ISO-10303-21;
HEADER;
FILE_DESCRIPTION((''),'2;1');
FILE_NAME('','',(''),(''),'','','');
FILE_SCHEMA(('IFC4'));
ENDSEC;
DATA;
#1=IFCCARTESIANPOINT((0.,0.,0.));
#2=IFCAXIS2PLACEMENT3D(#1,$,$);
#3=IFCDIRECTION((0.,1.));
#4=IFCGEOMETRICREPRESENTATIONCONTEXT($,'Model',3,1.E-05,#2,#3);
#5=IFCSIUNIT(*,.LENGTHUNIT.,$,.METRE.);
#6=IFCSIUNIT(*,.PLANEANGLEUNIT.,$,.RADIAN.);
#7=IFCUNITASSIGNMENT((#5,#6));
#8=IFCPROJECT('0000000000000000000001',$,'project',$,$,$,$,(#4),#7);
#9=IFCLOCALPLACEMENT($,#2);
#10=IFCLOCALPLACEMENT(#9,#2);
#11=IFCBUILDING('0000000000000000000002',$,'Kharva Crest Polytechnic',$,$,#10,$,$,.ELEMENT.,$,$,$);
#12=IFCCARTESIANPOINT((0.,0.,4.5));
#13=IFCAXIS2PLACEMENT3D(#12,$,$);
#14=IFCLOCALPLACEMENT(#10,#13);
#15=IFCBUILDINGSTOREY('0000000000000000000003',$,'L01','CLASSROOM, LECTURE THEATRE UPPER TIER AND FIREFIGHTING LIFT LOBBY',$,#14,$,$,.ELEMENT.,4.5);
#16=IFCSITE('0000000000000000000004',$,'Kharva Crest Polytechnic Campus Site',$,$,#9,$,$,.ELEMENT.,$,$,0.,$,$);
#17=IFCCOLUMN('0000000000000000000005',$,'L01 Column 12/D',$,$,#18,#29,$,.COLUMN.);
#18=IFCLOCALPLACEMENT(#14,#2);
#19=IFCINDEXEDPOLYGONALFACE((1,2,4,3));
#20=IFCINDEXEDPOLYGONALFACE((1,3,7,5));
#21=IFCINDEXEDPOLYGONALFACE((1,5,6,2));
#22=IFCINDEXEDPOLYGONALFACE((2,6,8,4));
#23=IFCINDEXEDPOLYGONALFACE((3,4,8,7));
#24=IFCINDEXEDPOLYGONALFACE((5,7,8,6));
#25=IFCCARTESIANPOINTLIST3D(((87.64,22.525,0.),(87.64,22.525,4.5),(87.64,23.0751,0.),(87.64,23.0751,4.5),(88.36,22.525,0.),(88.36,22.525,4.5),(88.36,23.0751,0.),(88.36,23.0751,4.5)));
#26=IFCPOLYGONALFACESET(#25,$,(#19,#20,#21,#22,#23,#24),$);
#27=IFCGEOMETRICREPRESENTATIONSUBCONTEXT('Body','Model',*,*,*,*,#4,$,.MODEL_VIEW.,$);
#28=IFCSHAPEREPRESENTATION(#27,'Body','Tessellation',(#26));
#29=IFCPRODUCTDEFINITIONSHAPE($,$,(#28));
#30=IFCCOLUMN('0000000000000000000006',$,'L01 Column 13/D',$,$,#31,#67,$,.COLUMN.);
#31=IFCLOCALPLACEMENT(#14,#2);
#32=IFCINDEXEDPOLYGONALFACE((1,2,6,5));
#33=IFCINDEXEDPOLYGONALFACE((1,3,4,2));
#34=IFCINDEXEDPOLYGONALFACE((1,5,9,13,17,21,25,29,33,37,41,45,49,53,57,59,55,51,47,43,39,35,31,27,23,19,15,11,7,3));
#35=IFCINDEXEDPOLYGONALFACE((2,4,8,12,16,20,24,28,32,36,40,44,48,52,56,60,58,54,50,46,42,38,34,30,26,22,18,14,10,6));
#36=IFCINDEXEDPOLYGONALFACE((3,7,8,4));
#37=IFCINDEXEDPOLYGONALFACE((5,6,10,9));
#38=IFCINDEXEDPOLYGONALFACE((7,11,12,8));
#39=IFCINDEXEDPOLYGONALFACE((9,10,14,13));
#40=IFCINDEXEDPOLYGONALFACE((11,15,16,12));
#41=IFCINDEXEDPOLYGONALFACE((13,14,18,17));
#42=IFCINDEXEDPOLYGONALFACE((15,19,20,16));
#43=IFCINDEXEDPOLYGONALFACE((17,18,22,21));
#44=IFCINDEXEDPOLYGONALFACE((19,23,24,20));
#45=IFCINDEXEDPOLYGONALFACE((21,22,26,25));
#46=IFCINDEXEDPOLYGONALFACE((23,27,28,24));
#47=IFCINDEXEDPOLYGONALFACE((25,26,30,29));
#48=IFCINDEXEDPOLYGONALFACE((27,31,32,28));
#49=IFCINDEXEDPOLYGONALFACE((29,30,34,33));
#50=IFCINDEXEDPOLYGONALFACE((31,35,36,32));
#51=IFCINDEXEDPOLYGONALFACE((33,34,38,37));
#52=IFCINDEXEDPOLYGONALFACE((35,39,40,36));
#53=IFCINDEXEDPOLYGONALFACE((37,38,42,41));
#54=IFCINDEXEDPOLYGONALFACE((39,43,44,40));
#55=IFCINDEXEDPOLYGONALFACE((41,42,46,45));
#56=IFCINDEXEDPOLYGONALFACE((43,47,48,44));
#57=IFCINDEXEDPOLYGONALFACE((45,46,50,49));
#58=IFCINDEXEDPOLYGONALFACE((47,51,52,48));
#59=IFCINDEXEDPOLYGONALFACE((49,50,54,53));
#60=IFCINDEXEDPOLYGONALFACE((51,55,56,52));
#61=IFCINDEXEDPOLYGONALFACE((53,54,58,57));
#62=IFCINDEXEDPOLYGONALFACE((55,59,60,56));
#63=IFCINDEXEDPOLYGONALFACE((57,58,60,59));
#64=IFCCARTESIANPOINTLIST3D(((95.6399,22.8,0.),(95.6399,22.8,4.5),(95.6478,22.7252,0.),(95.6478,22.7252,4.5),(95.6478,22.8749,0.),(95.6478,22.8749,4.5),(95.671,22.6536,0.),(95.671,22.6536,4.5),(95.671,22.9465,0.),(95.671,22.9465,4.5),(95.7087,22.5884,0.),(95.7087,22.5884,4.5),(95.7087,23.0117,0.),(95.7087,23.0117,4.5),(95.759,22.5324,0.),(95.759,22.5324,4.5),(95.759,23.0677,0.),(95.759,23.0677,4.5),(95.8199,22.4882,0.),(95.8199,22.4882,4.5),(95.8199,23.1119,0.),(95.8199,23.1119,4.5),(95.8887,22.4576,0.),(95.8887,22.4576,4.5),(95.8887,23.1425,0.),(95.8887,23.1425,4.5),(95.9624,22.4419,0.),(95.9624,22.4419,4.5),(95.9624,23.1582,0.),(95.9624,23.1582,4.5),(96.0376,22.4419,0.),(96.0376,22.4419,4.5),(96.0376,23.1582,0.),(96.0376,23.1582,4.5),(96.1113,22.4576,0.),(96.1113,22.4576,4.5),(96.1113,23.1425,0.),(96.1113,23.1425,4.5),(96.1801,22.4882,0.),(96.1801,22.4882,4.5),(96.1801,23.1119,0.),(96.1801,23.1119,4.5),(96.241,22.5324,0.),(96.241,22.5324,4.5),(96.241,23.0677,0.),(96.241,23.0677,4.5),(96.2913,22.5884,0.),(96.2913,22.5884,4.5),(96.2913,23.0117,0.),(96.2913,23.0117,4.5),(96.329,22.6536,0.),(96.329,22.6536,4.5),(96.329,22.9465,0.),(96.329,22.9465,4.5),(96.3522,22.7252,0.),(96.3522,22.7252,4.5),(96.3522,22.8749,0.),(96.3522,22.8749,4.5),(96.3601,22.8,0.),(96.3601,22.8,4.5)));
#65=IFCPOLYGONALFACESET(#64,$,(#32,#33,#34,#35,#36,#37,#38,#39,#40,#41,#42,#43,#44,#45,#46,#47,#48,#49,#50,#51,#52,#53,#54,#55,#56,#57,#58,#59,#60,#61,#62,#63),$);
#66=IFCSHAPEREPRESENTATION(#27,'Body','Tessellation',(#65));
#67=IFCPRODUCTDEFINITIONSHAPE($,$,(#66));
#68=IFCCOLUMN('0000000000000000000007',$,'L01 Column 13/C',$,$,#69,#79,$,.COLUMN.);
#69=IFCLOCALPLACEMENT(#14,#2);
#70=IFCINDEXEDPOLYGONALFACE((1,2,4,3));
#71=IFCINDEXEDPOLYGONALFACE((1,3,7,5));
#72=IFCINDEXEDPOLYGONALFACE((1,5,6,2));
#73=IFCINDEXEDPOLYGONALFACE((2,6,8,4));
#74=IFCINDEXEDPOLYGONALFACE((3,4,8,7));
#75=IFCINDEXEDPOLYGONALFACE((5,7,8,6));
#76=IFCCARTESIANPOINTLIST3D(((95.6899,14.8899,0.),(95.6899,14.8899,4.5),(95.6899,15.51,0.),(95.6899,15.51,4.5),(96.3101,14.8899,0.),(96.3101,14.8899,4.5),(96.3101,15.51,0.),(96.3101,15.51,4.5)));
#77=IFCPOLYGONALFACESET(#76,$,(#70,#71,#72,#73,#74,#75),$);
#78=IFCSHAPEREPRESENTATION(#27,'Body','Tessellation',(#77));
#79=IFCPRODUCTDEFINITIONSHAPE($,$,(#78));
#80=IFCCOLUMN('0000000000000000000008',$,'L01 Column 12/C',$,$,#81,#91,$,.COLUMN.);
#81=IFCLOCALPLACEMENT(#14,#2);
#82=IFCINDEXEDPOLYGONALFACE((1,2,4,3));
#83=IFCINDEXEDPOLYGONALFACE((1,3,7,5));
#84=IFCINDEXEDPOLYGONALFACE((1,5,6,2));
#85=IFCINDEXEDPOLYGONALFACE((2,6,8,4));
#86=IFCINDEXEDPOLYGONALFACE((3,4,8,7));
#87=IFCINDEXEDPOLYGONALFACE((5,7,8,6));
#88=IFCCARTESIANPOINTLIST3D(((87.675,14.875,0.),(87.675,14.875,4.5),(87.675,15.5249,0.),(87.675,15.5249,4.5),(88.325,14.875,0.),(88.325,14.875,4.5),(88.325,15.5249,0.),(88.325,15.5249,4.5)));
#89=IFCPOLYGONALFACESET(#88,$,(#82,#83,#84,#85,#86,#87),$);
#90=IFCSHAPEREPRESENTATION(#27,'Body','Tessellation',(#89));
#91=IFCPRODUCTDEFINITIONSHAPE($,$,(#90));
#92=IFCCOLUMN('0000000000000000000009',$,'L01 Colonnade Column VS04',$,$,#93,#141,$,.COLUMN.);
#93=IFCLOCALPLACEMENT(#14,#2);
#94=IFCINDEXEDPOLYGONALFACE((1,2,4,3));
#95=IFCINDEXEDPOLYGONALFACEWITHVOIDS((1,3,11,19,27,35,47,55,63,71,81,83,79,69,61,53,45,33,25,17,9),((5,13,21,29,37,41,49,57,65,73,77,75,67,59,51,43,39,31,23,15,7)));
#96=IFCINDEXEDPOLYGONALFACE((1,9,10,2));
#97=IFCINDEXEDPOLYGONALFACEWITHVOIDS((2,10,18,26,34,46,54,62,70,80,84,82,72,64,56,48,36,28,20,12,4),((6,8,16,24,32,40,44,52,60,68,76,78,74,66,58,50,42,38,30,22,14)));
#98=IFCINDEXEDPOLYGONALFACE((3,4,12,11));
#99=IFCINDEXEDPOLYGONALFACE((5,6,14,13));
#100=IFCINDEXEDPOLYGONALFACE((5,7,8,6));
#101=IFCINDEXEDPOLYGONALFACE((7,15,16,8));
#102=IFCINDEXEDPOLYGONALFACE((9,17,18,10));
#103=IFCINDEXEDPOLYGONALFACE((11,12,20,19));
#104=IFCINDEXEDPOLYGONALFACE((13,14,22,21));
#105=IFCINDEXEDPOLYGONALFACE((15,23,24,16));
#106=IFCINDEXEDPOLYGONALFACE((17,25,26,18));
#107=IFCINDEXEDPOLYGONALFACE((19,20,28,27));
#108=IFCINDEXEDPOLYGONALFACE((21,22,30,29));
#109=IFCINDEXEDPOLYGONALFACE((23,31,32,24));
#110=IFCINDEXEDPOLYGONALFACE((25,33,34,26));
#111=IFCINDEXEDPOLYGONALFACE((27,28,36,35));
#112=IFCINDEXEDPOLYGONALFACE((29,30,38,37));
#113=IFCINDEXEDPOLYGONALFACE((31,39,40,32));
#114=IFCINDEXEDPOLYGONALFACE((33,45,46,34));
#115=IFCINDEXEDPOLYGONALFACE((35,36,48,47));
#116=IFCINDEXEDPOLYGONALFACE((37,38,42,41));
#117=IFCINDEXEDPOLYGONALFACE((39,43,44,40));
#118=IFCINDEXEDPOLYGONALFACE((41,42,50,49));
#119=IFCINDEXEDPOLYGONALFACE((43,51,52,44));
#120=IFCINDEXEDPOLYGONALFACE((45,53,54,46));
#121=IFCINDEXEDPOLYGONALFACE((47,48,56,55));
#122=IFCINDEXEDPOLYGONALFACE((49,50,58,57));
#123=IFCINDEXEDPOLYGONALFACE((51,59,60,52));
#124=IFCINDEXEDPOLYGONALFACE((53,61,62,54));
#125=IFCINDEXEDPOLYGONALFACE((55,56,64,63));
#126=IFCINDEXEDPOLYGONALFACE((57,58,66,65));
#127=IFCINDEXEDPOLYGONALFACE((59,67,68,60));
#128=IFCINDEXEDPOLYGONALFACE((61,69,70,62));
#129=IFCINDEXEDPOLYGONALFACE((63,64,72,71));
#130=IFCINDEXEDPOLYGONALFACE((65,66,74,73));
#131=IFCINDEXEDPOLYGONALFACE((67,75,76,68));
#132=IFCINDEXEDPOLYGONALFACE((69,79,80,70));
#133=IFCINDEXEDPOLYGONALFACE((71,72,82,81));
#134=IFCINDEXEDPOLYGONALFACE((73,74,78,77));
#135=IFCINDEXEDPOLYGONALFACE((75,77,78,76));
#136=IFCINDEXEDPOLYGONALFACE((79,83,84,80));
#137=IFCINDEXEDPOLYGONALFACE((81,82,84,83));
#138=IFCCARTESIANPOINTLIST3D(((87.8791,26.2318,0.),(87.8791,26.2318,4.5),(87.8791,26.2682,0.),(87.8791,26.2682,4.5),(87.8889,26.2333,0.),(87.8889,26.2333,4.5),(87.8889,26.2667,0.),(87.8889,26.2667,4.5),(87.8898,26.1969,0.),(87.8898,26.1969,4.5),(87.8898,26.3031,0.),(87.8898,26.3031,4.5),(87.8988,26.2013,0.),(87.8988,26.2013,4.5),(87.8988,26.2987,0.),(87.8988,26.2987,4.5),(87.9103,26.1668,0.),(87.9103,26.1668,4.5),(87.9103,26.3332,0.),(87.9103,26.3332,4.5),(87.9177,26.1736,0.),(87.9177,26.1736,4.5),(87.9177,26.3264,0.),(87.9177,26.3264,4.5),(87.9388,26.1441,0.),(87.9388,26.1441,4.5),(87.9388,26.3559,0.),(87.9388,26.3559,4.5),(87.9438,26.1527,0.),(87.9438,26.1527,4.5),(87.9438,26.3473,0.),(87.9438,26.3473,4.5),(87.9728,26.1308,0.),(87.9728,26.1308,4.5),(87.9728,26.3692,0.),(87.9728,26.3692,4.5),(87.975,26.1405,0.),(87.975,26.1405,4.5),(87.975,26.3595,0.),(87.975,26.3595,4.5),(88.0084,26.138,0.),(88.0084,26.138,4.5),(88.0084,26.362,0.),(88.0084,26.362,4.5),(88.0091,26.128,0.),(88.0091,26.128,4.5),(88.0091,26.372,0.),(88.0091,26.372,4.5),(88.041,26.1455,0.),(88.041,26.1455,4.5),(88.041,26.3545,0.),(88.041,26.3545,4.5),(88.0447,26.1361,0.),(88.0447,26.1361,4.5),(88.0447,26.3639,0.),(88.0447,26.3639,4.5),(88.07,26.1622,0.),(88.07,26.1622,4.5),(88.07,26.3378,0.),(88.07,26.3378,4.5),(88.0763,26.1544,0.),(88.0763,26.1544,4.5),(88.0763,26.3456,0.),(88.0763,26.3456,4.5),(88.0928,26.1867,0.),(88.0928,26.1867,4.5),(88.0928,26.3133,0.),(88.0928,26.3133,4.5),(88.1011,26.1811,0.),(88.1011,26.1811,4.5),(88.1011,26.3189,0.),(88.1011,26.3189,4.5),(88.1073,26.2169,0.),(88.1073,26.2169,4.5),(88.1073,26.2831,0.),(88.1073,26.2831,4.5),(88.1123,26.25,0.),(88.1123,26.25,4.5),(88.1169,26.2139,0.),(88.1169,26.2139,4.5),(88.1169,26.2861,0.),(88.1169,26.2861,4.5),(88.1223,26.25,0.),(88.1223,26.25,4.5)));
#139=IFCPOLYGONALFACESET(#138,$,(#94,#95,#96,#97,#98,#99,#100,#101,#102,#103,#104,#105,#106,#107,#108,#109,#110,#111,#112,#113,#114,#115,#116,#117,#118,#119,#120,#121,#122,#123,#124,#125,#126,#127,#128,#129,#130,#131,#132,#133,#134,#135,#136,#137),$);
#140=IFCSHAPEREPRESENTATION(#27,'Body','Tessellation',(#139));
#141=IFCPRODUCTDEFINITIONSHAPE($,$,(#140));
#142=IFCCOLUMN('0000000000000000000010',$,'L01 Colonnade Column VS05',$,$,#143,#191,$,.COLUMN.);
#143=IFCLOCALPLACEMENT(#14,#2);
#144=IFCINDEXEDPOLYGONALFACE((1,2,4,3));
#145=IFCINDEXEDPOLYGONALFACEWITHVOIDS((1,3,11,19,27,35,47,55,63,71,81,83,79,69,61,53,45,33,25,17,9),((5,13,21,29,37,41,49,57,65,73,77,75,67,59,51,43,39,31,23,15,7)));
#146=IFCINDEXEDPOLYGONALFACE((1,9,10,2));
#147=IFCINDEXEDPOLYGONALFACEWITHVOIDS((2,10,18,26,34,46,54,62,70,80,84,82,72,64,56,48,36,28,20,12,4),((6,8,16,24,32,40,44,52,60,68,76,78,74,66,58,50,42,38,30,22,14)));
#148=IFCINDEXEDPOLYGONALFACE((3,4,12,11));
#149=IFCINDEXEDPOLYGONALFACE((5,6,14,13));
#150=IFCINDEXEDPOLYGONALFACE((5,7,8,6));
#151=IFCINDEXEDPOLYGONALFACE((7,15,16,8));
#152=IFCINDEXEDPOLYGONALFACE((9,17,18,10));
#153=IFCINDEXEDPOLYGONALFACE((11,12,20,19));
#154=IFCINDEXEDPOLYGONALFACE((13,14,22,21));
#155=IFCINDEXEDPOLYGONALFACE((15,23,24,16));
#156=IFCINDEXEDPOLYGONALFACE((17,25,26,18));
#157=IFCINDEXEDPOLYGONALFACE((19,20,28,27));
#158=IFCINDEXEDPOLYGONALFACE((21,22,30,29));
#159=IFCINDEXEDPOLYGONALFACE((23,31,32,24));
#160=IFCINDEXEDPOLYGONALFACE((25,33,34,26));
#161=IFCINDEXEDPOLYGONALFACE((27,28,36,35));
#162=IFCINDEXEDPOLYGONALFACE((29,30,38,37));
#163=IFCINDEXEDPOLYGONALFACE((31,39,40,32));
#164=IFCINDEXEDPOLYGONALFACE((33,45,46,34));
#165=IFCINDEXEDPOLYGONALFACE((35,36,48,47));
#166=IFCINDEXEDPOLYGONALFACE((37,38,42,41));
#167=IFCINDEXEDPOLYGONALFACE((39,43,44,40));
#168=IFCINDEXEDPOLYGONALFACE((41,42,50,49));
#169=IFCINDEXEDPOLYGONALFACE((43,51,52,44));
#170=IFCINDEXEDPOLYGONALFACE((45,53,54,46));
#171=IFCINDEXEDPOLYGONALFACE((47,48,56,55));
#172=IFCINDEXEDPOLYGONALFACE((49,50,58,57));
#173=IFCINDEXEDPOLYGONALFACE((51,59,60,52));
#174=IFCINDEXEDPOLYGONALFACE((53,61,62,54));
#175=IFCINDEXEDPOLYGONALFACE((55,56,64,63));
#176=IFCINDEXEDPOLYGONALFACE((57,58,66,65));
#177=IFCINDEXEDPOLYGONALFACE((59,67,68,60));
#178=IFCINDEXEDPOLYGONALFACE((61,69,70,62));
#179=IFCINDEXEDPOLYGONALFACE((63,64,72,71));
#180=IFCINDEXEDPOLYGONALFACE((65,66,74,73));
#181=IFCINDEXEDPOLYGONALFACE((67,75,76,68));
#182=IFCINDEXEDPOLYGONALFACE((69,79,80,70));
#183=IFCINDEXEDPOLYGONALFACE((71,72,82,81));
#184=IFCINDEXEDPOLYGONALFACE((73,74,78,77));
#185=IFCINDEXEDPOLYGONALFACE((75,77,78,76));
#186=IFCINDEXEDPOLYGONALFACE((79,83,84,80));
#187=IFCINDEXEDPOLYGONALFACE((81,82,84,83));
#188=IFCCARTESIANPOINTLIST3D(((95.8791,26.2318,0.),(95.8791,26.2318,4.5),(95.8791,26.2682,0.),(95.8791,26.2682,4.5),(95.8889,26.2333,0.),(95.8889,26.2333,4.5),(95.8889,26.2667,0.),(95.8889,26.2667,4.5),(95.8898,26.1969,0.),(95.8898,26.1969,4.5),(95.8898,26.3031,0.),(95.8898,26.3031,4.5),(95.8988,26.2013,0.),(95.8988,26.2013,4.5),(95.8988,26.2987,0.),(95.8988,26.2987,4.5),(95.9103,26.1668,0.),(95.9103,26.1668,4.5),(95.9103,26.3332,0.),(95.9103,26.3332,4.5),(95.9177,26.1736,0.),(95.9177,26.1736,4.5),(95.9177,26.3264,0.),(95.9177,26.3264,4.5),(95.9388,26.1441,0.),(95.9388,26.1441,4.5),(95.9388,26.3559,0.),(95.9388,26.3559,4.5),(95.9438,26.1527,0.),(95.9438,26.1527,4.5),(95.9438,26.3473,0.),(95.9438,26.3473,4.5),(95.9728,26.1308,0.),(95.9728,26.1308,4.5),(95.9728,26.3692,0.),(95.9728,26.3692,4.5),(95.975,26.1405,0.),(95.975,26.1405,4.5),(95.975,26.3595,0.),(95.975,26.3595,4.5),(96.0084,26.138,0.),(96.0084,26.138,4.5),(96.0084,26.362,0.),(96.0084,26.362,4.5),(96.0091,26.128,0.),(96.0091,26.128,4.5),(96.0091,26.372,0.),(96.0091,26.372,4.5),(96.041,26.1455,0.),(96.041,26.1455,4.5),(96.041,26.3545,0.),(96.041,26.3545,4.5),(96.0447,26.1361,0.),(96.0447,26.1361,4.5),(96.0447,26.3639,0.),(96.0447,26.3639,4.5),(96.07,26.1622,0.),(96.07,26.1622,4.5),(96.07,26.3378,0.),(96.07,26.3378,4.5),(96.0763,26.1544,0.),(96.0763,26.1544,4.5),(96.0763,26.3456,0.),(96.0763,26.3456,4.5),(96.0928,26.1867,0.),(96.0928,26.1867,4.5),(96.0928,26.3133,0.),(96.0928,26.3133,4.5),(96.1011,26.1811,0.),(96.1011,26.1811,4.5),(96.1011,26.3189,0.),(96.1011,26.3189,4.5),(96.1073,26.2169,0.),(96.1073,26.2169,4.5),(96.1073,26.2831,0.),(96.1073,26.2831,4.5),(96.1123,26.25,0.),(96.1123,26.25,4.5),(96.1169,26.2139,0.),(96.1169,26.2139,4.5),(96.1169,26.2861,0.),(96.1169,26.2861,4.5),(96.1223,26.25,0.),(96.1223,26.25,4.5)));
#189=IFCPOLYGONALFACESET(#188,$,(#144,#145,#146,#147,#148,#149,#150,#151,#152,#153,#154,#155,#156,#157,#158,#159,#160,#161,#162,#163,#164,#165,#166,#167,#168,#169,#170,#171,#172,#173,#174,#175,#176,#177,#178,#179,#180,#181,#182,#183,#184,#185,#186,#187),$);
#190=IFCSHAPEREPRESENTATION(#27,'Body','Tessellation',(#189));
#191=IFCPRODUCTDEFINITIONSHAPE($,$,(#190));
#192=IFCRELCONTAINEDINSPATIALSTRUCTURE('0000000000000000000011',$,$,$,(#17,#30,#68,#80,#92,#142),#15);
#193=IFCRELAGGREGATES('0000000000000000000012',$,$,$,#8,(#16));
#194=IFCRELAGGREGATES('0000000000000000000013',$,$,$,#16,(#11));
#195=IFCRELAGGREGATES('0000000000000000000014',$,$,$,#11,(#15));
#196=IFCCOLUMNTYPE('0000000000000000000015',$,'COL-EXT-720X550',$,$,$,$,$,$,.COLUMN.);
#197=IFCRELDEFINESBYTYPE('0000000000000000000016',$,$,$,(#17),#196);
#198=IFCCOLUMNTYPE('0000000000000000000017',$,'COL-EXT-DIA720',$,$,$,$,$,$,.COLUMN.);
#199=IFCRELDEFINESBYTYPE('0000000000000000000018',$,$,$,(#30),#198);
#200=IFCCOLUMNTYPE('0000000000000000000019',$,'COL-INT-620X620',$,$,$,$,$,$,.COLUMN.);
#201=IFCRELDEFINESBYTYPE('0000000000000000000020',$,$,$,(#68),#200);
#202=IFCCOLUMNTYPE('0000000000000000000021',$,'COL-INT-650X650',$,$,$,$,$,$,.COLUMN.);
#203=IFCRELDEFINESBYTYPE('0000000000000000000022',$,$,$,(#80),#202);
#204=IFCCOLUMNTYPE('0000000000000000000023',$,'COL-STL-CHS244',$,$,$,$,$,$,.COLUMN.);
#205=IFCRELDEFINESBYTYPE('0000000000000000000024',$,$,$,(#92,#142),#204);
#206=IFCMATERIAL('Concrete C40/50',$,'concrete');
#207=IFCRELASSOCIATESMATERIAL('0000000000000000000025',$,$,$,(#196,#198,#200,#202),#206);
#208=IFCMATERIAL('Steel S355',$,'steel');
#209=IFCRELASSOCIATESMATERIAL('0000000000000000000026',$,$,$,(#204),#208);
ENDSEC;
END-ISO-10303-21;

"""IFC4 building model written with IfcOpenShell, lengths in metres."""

from ifc_helpers import new_model, si_unit, direction, frame, origin, origin_2d, place, context, subcontext, project, spatial, rectangle, circle, hollow_circle, extrude, material, material_profile, profile_set, type_object, element, save


model = new_model("IFC4")

# Units and contexts
model_context = context("Model", 3, precision=1e-05, world=origin(), true_north=direction((0.0, 1.0)))
body_context = subcontext(model_context, "Body", "Model", "MODEL_VIEW")
ifc_project = project(units=[si_unit("LENGTHUNIT", "METRE"), si_unit("PLANEANGLEUNIT", "RADIAN")], contexts=[model_context])

# Site, building, storey
site_placement = place(None, origin())
site = spatial("IfcSite", under=ifc_project, at=site_placement, Name="Kharva Crest Polytechnic Campus Site", CompositionType="ELEMENT", RefElevation=0.0)
building_placement = place(site_placement, origin())
building = spatial("IfcBuilding", under=site, at=building_placement, Name="Kharva Crest Polytechnic", CompositionType="ELEMENT")
storey_placement = place(building_placement, frame((0.0, 0.0, 4.5)))
storey = spatial("IfcBuildingStorey", under=building, at=storey_placement, Name="L01", Description="CLASSROOM, LECTURE THEATRE UPPER TIER AND FIREFIGHTING LIFT LOBBY", CompositionType="ELEMENT", Elevation=4.5)

# Columns
ifc_material_1 = material(Name="Concrete C40/50", Category="concrete")
ifc_material_profile_1 = material_profile(ifc_material_1, rectangle(XDim=0.72, YDim=0.55, at=origin_2d()), Name="RECT 720 X 550")
ifc_profile_set_1 = profile_set([ifc_material_profile_1], Name="Concrete C40/50")
column_type_1 = type_object("IfcColumnType", Name="COL-EXT-720X550", PredefinedType="COLUMN", material=ifc_profile_set_1)
column_1_placement = place(storey_placement, frame((88.0, 22.8, 0.0), z_axis=(0.0, 0.0, 1.0), x_axis=(1.0, 0.0, 0.0)))
element("IfcColumn", 1, at=column_1_placement, inside=storey, type_object=column_type_1, Name="L01 Column 12/D", PredefinedType="COLUMN", context=body_context, shape_type="SweptSolid", body=[
    extrude(rectangle(XDim=0.72, YDim=0.55, at=origin_2d()), origin(), (0.0, 0.0, 1.0), 4.5),
])
ifc_material_profile_2 = material_profile(ifc_material_1, circle(Radius=0.3601, at=origin_2d()), Name="DIA 720")
ifc_profile_set_2 = profile_set([ifc_material_profile_2], Name="Concrete C40/50")
column_type_2 = type_object("IfcColumnType", Name="COL-EXT-DIA720", PredefinedType="COLUMN", material=ifc_profile_set_2)
column_2_placement = place(storey_placement, frame((96.0, 22.8, 0.0), z_axis=(0.0, 0.0, 1.0), x_axis=(1.0, 0.0, 0.0)))
element("IfcColumn", 2, at=column_2_placement, inside=storey, type_object=column_type_2, Name="L01 Column 13/D", PredefinedType="COLUMN", context=body_context, shape_type="SweptSolid", body=[
    extrude(circle(Radius=0.3601, at=origin_2d()), origin(), (0.0, 0.0, 1.0), 4.5),
])
ifc_material_profile_3 = material_profile(ifc_material_1, rectangle(XDim=0.6201, YDim=0.6201, at=origin_2d()), Name="RECT 620 X 620")
ifc_profile_set_3 = profile_set([ifc_material_profile_3], Name="Concrete C40/50")
column_type_3 = type_object("IfcColumnType", Name="COL-INT-620X620", PredefinedType="COLUMN", material=ifc_profile_set_3)
column_3_placement = place(storey_placement, frame((96.0, 15.2, 0.0), z_axis=(0.0, 0.0, 1.0), x_axis=(1.0, 0.0, 0.0)))
element("IfcColumn", 3, at=column_3_placement, inside=storey, type_object=column_type_3, Name="L01 Column 13/C", PredefinedType="COLUMN", context=body_context, shape_type="SweptSolid", body=[
    extrude(rectangle(XDim=0.6201, YDim=0.6201, at=origin_2d()), origin(), (0.0, 0.0, 1.0), 4.5),
])
ifc_material_profile_4 = material_profile(ifc_material_1, rectangle(XDim=0.6499, YDim=0.6499, at=origin_2d()), Name="RECT 650 X 650")
ifc_profile_set_4 = profile_set([ifc_material_profile_4], Name="Concrete C40/50")
column_type_4 = type_object("IfcColumnType", Name="COL-INT-650X650", PredefinedType="COLUMN", material=ifc_profile_set_4)
column_4_placement = place(storey_placement, frame((88.0, 15.2, 0.0), z_axis=(0.0, 0.0, 1.0), x_axis=(1.0, 0.0, 0.0)))
element("IfcColumn", 4, at=column_4_placement, inside=storey, type_object=column_type_4, Name="L01 Column 12/C", PredefinedType="COLUMN", context=body_context, shape_type="SweptSolid", body=[
    extrude(rectangle(XDim=0.6499, YDim=0.6499, at=origin_2d()), origin(), (0.0, 0.0, 1.0), 4.5),
])
ifc_material_2 = material(Name="Steel S355", Category="steel")
ifc_material_profile_5 = material_profile(ifc_material_2, hollow_circle(Radius=0.1223, WallThickness=0.01, at=origin_2d()), Name="CHS 244.5X10.0")
ifc_profile_set_5 = profile_set([ifc_material_profile_5], Name="Steel S355")
column_type_5 = type_object("IfcColumnType", Name="COL-STL-CHS244", PredefinedType="COLUMN", material=ifc_profile_set_5)
for number, where, z_axis, x_axis, name in (
    (5, (88.0, 26.25, 0.0), (0.0, 0.0, 1.0), (1.0, 0.0, 0.0), "L01 Colonnade Column VS04"),
    (6, (96.0, 26.25, 0.0), (0.0, 0.0, 1.0), (1.0, 0.0, 0.0), "L01 Colonnade Column VS05"),
):
    element("IfcColumn", number, at=place(storey_placement, frame(where, z_axis=z_axis, x_axis=x_axis)), inside=storey, type_object=column_type_5, Name=name, PredefinedType="COLUMN", context=body_context, shape_type="SweptSolid", body=[
        extrude(hollow_circle(Radius=0.1223, WallThickness=0.01, at=origin_2d()), origin(), (0.0, 0.0, 1.0), 4.5),
    ])

save(model, "model.ifc")
